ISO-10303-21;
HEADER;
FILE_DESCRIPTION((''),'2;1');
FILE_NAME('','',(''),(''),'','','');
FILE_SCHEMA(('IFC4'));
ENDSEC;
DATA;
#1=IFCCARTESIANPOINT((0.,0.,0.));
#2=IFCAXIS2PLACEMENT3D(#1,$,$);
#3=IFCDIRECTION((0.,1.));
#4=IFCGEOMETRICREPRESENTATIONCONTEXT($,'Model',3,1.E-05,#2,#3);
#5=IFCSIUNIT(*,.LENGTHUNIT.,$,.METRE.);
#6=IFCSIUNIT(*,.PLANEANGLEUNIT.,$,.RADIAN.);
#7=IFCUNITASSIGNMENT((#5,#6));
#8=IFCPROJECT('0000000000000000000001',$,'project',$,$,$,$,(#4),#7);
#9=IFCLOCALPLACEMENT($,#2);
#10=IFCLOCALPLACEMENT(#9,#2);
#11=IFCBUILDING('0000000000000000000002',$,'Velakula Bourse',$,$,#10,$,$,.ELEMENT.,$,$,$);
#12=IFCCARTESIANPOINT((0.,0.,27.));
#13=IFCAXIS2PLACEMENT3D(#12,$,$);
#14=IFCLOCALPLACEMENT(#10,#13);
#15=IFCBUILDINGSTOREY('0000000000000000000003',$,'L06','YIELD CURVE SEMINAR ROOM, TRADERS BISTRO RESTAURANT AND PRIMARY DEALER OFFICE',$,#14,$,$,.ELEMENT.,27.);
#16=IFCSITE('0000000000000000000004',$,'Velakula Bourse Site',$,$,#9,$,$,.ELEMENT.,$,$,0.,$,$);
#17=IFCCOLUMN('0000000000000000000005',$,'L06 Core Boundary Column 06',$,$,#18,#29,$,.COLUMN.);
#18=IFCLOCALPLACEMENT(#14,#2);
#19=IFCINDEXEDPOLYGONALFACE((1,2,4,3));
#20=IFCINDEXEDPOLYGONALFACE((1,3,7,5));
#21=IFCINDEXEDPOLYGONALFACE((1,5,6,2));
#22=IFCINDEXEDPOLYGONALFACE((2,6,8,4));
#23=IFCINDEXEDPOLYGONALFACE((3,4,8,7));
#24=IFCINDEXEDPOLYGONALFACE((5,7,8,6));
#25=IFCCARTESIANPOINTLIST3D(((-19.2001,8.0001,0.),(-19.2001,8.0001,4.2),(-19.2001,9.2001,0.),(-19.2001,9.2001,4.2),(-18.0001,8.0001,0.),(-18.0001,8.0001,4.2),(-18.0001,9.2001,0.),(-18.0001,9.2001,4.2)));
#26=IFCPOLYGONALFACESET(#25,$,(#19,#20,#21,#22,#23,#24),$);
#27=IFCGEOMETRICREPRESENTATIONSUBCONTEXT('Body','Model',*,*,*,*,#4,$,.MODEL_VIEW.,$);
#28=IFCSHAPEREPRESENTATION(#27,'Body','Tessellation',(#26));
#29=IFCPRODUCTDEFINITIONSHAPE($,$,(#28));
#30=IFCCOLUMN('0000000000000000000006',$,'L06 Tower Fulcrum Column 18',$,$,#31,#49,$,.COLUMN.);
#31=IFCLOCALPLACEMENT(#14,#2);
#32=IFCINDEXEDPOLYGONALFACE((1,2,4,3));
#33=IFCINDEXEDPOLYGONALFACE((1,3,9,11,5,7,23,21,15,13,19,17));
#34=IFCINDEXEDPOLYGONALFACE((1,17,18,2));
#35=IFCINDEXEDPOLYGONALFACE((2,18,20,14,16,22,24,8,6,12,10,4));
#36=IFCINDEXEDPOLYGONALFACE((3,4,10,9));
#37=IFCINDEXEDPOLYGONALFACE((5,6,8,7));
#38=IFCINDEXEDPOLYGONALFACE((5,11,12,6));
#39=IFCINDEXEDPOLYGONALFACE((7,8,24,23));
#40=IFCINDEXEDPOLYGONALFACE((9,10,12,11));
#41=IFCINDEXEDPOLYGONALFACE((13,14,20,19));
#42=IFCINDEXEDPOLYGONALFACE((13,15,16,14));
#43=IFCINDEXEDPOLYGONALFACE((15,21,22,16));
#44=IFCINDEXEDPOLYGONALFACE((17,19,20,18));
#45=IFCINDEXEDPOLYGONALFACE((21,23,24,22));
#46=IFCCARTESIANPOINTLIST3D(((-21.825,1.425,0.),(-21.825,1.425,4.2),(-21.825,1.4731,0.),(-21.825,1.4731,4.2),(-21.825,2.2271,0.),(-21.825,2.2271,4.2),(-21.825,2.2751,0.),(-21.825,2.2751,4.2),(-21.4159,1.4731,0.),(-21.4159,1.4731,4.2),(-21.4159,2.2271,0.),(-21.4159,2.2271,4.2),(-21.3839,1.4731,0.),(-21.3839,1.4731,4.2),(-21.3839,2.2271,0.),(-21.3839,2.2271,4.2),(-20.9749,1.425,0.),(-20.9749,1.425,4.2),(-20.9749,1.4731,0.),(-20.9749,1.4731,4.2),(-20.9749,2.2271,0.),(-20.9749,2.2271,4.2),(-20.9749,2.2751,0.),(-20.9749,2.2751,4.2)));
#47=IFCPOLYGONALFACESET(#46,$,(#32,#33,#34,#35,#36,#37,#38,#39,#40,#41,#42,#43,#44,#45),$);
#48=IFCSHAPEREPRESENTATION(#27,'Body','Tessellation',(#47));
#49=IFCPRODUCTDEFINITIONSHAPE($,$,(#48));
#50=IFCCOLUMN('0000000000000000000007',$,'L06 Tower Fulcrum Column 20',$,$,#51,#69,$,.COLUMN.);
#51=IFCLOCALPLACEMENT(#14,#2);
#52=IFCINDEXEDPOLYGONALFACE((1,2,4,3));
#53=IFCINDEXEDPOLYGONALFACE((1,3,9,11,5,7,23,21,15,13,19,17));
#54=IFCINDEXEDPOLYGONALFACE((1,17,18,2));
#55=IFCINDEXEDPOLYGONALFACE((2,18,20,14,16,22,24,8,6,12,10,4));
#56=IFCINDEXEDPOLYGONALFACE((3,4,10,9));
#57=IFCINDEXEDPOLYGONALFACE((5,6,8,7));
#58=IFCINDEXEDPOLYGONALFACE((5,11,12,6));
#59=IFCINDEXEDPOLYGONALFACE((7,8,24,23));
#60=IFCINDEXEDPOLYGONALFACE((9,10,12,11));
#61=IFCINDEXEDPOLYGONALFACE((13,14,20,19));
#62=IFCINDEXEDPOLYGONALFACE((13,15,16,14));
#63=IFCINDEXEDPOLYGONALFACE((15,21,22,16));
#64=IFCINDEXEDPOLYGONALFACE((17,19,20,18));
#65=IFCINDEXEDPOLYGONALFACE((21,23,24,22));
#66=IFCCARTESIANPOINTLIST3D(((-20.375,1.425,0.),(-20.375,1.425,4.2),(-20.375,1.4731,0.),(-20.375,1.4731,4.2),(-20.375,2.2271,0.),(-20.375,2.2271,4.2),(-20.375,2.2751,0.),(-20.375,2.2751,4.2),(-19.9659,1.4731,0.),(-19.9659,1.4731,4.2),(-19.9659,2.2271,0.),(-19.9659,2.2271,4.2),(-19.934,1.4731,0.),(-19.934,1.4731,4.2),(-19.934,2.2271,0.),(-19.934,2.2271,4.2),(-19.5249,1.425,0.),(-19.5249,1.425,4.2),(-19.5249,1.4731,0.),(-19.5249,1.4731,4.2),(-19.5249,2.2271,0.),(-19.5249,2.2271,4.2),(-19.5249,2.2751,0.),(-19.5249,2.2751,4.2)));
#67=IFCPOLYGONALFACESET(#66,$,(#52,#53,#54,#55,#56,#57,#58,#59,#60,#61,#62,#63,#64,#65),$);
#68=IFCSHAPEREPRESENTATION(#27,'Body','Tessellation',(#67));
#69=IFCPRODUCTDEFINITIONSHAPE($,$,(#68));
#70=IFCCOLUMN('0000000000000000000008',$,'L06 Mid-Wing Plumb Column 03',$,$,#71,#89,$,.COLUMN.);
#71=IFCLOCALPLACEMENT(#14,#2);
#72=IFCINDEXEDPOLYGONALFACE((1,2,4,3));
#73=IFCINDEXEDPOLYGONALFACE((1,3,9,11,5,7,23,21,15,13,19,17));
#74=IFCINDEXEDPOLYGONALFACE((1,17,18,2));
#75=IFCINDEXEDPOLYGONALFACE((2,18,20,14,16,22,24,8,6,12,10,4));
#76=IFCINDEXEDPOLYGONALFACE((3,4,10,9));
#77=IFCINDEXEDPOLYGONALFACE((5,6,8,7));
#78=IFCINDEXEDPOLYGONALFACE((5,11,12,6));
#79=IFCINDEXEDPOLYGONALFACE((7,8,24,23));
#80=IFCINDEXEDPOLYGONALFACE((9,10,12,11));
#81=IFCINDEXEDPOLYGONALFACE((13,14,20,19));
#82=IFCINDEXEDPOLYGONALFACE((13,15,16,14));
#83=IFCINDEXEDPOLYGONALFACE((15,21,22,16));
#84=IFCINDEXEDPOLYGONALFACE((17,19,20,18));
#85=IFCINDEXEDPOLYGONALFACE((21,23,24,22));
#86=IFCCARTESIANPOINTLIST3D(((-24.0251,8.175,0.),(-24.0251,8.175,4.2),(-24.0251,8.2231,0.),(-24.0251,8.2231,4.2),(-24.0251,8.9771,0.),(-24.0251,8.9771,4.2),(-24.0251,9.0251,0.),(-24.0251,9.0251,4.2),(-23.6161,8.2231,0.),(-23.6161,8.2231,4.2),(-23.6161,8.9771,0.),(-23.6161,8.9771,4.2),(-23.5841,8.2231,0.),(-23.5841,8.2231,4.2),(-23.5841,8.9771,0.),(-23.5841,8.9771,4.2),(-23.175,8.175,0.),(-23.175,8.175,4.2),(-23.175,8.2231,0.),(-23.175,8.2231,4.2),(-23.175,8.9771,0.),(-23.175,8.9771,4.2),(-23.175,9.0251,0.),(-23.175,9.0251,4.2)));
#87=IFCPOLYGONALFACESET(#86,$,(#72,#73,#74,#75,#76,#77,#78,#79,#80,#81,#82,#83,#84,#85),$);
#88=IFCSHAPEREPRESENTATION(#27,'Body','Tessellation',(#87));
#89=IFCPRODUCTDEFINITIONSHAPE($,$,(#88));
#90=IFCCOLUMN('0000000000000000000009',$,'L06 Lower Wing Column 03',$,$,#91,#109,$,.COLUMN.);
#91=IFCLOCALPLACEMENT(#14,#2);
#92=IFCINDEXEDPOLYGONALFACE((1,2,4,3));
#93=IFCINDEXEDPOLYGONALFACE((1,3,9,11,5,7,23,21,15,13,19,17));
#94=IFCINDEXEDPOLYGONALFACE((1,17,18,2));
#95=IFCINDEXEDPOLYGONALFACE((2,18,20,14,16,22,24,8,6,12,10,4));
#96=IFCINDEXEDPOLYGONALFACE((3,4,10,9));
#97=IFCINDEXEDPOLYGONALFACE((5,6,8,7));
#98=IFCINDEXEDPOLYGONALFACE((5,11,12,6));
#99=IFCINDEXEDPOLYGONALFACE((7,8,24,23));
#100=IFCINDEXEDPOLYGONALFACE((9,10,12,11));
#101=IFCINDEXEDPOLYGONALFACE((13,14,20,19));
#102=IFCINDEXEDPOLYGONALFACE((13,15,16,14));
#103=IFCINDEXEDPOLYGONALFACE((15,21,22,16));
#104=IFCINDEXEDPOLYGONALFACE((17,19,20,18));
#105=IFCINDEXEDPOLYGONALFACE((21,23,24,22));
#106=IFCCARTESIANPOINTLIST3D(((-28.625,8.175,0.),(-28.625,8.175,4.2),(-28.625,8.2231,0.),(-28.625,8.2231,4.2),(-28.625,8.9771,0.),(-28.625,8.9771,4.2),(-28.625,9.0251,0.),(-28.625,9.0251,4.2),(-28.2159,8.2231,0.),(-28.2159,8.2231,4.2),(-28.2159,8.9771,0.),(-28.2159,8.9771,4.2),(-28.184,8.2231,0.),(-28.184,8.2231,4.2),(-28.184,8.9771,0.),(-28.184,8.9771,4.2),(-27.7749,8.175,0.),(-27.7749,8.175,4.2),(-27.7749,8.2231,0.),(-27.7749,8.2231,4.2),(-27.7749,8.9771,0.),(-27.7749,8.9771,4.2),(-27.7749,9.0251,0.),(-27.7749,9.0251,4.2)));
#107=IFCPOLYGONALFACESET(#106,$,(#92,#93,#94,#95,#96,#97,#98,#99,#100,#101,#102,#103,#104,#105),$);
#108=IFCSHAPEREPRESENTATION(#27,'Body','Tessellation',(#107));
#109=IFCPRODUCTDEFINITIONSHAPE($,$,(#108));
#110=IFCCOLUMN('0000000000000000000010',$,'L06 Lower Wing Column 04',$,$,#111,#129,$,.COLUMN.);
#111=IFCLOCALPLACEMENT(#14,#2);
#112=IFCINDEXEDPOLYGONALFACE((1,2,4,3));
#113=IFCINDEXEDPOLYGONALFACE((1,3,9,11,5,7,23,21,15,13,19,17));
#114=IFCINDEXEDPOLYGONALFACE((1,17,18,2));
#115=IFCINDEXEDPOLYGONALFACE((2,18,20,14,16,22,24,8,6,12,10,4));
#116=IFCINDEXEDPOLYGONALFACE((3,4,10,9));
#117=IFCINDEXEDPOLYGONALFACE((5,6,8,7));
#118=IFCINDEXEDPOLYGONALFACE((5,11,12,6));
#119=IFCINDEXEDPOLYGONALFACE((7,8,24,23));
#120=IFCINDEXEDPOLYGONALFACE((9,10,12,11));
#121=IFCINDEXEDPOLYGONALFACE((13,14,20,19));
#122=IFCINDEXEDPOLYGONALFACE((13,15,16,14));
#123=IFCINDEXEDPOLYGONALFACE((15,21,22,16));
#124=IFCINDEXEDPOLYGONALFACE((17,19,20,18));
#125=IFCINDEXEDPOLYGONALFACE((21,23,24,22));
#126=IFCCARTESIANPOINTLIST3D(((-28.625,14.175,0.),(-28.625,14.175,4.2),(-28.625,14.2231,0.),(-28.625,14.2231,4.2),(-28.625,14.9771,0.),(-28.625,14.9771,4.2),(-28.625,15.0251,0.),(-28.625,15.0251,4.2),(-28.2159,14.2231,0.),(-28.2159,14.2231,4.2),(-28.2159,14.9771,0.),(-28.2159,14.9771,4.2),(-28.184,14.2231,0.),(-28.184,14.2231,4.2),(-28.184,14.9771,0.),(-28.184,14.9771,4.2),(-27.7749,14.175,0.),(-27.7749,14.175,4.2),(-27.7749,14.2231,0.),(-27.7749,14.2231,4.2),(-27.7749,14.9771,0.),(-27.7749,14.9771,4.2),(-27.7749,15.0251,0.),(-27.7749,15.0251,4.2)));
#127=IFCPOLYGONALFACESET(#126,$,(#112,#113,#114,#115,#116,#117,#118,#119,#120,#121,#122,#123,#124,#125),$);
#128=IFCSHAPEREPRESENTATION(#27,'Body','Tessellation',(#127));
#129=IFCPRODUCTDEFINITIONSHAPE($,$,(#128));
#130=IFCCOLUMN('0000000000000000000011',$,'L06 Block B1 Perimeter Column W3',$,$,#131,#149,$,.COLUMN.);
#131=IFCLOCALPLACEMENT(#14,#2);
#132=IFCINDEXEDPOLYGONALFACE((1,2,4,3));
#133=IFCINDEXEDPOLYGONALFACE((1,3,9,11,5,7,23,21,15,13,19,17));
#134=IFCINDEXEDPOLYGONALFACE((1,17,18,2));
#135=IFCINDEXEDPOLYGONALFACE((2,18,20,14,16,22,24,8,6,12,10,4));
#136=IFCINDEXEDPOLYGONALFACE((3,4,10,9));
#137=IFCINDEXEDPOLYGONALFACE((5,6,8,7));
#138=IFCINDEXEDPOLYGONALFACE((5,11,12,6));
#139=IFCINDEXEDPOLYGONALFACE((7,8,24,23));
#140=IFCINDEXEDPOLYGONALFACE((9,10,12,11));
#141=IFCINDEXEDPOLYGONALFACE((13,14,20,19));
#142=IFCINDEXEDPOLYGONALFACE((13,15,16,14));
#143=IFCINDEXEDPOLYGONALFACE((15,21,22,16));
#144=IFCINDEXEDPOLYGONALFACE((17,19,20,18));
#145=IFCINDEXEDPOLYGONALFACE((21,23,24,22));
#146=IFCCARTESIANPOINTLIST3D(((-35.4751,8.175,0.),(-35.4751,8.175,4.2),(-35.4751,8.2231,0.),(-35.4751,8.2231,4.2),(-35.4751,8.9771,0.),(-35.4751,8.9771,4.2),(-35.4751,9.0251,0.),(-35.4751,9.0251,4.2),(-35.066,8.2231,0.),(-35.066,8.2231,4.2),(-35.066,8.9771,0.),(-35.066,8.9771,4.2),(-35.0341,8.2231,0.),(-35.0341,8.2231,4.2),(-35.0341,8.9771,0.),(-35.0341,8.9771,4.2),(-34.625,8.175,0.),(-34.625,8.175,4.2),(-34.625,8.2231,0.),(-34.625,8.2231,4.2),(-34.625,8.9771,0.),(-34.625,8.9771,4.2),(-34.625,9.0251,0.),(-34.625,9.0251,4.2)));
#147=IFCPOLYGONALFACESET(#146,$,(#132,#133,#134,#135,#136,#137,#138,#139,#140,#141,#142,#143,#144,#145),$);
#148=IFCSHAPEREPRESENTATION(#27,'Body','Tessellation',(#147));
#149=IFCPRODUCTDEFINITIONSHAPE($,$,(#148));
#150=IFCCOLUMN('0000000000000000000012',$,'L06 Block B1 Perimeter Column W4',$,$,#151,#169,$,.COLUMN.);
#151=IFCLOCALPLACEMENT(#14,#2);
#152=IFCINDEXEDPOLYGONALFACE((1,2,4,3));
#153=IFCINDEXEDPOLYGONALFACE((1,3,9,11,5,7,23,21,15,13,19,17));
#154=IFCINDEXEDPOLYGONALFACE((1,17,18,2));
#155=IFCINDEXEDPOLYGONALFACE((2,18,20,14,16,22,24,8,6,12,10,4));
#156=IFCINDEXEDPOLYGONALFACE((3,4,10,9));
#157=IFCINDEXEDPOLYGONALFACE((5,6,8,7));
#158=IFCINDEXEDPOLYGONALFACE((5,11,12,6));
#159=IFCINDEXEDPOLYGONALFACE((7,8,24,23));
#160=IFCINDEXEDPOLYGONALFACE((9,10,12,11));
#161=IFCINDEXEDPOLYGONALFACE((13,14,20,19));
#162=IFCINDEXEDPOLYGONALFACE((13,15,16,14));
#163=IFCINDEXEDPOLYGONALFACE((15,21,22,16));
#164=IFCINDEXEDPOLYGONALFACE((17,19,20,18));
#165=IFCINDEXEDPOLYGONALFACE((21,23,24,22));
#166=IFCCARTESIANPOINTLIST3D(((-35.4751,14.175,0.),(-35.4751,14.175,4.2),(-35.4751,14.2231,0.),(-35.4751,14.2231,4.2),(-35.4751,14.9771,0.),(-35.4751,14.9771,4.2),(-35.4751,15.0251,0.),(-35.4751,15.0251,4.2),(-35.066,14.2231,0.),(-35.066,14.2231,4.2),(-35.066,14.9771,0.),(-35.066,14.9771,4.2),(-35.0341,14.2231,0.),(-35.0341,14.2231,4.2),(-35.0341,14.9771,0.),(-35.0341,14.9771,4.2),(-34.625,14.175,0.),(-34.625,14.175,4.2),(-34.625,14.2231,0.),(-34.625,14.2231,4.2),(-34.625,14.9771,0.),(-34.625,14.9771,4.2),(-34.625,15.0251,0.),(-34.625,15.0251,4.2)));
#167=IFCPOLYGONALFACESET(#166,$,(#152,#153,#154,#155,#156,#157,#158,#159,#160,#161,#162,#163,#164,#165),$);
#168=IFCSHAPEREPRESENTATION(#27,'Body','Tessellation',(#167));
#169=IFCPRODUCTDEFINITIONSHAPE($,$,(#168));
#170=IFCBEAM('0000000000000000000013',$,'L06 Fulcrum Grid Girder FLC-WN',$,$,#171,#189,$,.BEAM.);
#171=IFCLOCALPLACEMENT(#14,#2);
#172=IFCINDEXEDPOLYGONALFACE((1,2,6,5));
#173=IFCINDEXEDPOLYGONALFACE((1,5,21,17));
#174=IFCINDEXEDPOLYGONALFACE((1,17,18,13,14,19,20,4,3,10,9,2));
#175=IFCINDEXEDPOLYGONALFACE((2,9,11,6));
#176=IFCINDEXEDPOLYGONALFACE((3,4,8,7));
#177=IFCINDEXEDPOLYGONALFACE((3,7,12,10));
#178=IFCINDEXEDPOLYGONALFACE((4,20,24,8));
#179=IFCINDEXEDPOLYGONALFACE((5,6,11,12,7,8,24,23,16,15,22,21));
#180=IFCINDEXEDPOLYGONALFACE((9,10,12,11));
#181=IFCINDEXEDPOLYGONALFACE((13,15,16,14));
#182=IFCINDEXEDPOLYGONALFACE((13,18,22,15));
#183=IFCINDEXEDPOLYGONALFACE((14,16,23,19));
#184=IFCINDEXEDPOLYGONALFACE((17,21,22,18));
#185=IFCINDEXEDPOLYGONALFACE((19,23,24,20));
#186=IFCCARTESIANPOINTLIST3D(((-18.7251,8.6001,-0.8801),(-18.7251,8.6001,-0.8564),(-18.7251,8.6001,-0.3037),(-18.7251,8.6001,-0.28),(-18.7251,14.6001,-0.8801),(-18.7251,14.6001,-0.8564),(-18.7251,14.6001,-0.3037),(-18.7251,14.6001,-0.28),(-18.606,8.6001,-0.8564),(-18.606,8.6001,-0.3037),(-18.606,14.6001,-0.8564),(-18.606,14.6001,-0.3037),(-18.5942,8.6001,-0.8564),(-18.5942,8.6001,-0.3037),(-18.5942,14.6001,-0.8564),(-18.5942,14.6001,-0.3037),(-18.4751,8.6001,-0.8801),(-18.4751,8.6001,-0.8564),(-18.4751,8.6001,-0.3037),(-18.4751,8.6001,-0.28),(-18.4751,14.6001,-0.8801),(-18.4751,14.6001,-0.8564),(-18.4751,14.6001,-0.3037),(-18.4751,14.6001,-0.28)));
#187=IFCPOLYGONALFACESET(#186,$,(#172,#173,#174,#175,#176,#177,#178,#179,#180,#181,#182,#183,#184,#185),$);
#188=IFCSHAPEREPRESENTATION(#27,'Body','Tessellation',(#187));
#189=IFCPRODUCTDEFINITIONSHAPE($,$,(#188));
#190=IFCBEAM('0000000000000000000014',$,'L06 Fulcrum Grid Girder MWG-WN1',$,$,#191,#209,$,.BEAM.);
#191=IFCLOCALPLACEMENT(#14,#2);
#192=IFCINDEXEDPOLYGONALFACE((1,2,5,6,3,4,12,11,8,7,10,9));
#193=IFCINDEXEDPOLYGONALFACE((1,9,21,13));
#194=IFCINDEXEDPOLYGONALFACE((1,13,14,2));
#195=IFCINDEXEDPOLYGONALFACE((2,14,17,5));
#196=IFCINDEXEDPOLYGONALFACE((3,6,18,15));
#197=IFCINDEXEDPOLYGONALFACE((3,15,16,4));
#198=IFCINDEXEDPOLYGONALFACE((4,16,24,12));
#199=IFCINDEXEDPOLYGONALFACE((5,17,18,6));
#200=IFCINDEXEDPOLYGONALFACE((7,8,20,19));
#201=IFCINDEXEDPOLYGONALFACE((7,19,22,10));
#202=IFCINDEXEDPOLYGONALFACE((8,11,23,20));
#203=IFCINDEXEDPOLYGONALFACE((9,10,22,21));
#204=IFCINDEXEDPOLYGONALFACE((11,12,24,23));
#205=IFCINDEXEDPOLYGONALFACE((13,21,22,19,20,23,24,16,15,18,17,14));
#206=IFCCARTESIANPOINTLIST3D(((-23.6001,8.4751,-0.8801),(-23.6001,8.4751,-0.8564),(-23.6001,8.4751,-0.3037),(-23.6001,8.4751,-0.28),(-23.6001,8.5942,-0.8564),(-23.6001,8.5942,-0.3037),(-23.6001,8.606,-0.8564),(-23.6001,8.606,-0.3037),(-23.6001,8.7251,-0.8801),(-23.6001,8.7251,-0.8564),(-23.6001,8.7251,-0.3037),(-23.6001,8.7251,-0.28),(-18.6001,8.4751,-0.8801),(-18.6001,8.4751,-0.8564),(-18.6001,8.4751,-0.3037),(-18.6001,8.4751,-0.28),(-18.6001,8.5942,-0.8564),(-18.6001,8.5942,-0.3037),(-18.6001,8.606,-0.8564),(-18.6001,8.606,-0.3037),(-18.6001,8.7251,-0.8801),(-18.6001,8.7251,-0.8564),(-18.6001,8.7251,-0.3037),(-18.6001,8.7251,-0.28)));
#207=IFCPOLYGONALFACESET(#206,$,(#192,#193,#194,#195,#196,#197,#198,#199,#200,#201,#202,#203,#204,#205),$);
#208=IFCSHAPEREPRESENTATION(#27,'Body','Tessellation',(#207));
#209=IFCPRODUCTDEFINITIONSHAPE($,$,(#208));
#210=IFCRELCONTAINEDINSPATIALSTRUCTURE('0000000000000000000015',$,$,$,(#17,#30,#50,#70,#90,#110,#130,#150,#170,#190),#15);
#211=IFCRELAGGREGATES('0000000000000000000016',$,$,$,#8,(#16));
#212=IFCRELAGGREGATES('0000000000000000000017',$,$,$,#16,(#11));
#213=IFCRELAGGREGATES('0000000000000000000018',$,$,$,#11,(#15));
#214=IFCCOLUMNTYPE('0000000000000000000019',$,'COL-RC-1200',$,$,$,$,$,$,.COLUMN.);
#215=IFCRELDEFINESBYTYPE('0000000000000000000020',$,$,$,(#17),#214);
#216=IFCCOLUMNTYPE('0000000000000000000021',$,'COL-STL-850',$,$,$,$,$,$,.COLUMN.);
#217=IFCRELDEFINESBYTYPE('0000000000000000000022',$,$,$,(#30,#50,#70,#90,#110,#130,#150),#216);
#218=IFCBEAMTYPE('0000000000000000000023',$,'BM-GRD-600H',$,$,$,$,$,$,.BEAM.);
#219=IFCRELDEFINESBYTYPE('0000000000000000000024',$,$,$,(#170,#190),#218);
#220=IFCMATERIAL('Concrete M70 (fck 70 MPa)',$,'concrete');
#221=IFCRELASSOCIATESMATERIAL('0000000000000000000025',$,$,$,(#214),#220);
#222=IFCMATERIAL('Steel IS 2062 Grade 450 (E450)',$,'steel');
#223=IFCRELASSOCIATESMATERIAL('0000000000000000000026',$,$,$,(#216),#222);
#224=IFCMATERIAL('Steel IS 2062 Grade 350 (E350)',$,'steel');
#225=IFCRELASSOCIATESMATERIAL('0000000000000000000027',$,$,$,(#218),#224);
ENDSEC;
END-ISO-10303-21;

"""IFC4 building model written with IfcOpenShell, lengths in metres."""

from ifc_helpers import new_model, si_unit, direction, frame, origin, origin_2d, place, context, subcontext, project, spatial, rectangle, i_section, extrude, material, material_profile, profile_set, type_object, element, save


model = new_model("IFC4")

# Units and contexts
model_context = context("Model", 3, precision=1e-05, world=origin(), true_north=direction((0.0, 1.0)))
body_context = subcontext(model_context, "Body", "Model", "MODEL_VIEW")
ifc_project = project(units=[si_unit("LENGTHUNIT", "METRE"), si_unit("PLANEANGLEUNIT", "RADIAN")], contexts=[model_context])

# Site, building, storey
site_placement = place(None, origin())
site = spatial("IfcSite", under=ifc_project, at=site_placement, Name="Velakula Bourse Site", CompositionType="ELEMENT", RefElevation=0.0)
building_placement = place(site_placement, origin())
building = spatial("IfcBuilding", under=site, at=building_placement, Name="Velakula Bourse", CompositionType="ELEMENT")
storey_placement = place(building_placement, frame((0.0, 0.0, 27.0)))
storey = spatial("IfcBuildingStorey", under=building, at=storey_placement, Name="L06", Description="YIELD CURVE SEMINAR ROOM, TRADERS BISTRO RESTAURANT AND PRIMARY DEALER OFFICE", CompositionType="ELEMENT", Elevation=27.0)

# Columns
ifc_material_1 = material(Name="Concrete M70 (fck 70 MPa)", Category="concrete")
ifc_material_profile_1 = material_profile(ifc_material_1, rectangle(XDim=1.2, YDim=1.2, at=origin_2d()), Name="Concrete M70 (fck 70 MPa)")
ifc_profile_set_1 = profile_set([ifc_material_profile_1], Name="Concrete M70 (fck 70 MPa)")
column_type_1 = type_object("IfcColumnType", Name="COL-RC-1200", PredefinedType="COLUMN", material=ifc_profile_set_1)
column_placement = place(storey_placement, frame((-18.6001, 8.6001, 0.0), z_axis=(0.0, 0.0, 1.0), x_axis=(1.0, 0.0, 0.0)))
element("IfcColumn", 1, at=column_placement, inside=storey, type_object=column_type_1, Name="L06 Core Boundary Column 06", PredefinedType="COLUMN", context=body_context, shape_type="SweptSolid", body=[
    extrude(rectangle(XDim=1.2, YDim=1.2, at=origin_2d()), origin(), (0.0, 0.0, 1.0), 4.2),
])
ifc_material_2 = material(Name="Steel IS 2062 Grade 450 (E450)", Category="steel")
ifc_material_profile_2 = material_profile(ifc_material_2, i_section(OverallWidth=0.8501, OverallDepth=0.8501, WebThickness=0.032, FlangeThickness=0.0481, at=origin_2d()), Name="Steel IS 2062 Grade 450 (E450)")
ifc_profile_set_2 = profile_set([ifc_material_profile_2], Name="Steel IS 2062 Grade 450 (E450)")
column_type_2 = type_object("IfcColumnType", Name="COL-STL-850", PredefinedType="COLUMN", material=ifc_profile_set_2)
for number, where, z_axis, x_axis, name in (
    (2, (-21.3999, 1.8501, 0.0), (0.0, 0.0, 1.0), (1.0, 0.0, 0.0), "L06 Tower Fulcrum Column 18"),
    (3, (-19.95, 1.8501, 0.0), (0.0, 0.0, 1.0), (1.0, 0.0, 0.0), "L06 Tower Fulcrum Column 20"),
    (4, (-23.6001, 8.6001, 0.0), (0.0, 0.0, 1.0), (1.0, 0.0, 0.0), "L06 Mid-Wing Plumb Column 03"),
    (5, (-28.2, 8.6001, 0.0), (0.0, 0.0, 1.0), (1.0, 0.0, 0.0), "L06 Lower Wing Column 03"),
    (6, (-28.2, 14.6001, 0.0), (0.0, 0.0, 1.0), (1.0, 0.0, 0.0), "L06 Lower Wing Column 04"),
    (7, (-35.05, 8.6001, 0.0), (0.0, 0.0, 1.0), (1.0, 0.0, 0.0), "L06 Block B1 Perimeter Column W3"),
    (8, (-35.05, 14.6001, 0.0), (0.0, 0.0, 1.0), (1.0, 0.0, 0.0), "L06 Block B1 Perimeter Column W4"),
):
    element("IfcColumn", number, at=place(storey_placement, frame(where, z_axis=z_axis, x_axis=x_axis)), inside=storey, type_object=column_type_2, Name=name, PredefinedType="COLUMN", context=body_context, shape_type="SweptSolid", body=[
        extrude(i_section(OverallWidth=0.8501, OverallDepth=0.8501, WebThickness=0.032, FlangeThickness=0.0481, at=origin_2d()), origin(), (0.0, 0.0, 1.0), 4.2),
    ])

# Beams
ifc_material_3 = material(Name="Steel IS 2062 Grade 350 (E350)", Category="steel")
ifc_material_profile_3 = material_profile(ifc_material_3, i_section(OverallWidth=0.25, OverallDepth=0.6001, WebThickness=0.0117, FlangeThickness=0.0237, at=origin_2d()), Name="Steel IS 2062 Grade 350 (E350)")
ifc_profile_set_3 = profile_set([ifc_material_profile_3], Name="Steel IS 2062 Grade 350 (E350)")
beam_type_1 = type_object("IfcBeamType", Name="BM-GRD-600H", PredefinedType="BEAM", material=ifc_profile_set_3)
beam_1_placement = place(storey_placement, frame((-18.6001, 8.6001, -0.5801), z_axis=(0.0, 1.0, 0.0), x_axis=(-1.0, 0.0, 0.0)))
element("IfcBeam", 9, at=beam_1_placement, inside=storey, type_object=beam_type_1, Name="L06 Fulcrum Grid Girder FLC-WN", PredefinedType="BEAM", context=body_context, shape_type="SweptSolid", body=[
    extrude(i_section(OverallWidth=0.25, OverallDepth=0.6001, WebThickness=0.0117, FlangeThickness=0.0237, at=origin_2d()), origin(), (0.0, 0.0, 1.0), 6.0),
])
beam_2_placement = place(storey_placement, frame((-23.6001, 8.6001, -0.5801), z_axis=(1.0, 0.0, 0.0), x_axis=(0.0, 1.0, 0.0)))
element("IfcBeam", 10, at=beam_2_placement, inside=storey, type_object=beam_type_1, Name="L06 Fulcrum Grid Girder MWG-WN1", PredefinedType="BEAM", context=body_context, shape_type="SweptSolid", body=[
    extrude(i_section(OverallWidth=0.25, OverallDepth=0.6001, WebThickness=0.0117, FlangeThickness=0.0237, at=origin_2d()), origin(), (0.0, 0.0, 1.0), 5.0),
])

save(model, "model.ifc")
